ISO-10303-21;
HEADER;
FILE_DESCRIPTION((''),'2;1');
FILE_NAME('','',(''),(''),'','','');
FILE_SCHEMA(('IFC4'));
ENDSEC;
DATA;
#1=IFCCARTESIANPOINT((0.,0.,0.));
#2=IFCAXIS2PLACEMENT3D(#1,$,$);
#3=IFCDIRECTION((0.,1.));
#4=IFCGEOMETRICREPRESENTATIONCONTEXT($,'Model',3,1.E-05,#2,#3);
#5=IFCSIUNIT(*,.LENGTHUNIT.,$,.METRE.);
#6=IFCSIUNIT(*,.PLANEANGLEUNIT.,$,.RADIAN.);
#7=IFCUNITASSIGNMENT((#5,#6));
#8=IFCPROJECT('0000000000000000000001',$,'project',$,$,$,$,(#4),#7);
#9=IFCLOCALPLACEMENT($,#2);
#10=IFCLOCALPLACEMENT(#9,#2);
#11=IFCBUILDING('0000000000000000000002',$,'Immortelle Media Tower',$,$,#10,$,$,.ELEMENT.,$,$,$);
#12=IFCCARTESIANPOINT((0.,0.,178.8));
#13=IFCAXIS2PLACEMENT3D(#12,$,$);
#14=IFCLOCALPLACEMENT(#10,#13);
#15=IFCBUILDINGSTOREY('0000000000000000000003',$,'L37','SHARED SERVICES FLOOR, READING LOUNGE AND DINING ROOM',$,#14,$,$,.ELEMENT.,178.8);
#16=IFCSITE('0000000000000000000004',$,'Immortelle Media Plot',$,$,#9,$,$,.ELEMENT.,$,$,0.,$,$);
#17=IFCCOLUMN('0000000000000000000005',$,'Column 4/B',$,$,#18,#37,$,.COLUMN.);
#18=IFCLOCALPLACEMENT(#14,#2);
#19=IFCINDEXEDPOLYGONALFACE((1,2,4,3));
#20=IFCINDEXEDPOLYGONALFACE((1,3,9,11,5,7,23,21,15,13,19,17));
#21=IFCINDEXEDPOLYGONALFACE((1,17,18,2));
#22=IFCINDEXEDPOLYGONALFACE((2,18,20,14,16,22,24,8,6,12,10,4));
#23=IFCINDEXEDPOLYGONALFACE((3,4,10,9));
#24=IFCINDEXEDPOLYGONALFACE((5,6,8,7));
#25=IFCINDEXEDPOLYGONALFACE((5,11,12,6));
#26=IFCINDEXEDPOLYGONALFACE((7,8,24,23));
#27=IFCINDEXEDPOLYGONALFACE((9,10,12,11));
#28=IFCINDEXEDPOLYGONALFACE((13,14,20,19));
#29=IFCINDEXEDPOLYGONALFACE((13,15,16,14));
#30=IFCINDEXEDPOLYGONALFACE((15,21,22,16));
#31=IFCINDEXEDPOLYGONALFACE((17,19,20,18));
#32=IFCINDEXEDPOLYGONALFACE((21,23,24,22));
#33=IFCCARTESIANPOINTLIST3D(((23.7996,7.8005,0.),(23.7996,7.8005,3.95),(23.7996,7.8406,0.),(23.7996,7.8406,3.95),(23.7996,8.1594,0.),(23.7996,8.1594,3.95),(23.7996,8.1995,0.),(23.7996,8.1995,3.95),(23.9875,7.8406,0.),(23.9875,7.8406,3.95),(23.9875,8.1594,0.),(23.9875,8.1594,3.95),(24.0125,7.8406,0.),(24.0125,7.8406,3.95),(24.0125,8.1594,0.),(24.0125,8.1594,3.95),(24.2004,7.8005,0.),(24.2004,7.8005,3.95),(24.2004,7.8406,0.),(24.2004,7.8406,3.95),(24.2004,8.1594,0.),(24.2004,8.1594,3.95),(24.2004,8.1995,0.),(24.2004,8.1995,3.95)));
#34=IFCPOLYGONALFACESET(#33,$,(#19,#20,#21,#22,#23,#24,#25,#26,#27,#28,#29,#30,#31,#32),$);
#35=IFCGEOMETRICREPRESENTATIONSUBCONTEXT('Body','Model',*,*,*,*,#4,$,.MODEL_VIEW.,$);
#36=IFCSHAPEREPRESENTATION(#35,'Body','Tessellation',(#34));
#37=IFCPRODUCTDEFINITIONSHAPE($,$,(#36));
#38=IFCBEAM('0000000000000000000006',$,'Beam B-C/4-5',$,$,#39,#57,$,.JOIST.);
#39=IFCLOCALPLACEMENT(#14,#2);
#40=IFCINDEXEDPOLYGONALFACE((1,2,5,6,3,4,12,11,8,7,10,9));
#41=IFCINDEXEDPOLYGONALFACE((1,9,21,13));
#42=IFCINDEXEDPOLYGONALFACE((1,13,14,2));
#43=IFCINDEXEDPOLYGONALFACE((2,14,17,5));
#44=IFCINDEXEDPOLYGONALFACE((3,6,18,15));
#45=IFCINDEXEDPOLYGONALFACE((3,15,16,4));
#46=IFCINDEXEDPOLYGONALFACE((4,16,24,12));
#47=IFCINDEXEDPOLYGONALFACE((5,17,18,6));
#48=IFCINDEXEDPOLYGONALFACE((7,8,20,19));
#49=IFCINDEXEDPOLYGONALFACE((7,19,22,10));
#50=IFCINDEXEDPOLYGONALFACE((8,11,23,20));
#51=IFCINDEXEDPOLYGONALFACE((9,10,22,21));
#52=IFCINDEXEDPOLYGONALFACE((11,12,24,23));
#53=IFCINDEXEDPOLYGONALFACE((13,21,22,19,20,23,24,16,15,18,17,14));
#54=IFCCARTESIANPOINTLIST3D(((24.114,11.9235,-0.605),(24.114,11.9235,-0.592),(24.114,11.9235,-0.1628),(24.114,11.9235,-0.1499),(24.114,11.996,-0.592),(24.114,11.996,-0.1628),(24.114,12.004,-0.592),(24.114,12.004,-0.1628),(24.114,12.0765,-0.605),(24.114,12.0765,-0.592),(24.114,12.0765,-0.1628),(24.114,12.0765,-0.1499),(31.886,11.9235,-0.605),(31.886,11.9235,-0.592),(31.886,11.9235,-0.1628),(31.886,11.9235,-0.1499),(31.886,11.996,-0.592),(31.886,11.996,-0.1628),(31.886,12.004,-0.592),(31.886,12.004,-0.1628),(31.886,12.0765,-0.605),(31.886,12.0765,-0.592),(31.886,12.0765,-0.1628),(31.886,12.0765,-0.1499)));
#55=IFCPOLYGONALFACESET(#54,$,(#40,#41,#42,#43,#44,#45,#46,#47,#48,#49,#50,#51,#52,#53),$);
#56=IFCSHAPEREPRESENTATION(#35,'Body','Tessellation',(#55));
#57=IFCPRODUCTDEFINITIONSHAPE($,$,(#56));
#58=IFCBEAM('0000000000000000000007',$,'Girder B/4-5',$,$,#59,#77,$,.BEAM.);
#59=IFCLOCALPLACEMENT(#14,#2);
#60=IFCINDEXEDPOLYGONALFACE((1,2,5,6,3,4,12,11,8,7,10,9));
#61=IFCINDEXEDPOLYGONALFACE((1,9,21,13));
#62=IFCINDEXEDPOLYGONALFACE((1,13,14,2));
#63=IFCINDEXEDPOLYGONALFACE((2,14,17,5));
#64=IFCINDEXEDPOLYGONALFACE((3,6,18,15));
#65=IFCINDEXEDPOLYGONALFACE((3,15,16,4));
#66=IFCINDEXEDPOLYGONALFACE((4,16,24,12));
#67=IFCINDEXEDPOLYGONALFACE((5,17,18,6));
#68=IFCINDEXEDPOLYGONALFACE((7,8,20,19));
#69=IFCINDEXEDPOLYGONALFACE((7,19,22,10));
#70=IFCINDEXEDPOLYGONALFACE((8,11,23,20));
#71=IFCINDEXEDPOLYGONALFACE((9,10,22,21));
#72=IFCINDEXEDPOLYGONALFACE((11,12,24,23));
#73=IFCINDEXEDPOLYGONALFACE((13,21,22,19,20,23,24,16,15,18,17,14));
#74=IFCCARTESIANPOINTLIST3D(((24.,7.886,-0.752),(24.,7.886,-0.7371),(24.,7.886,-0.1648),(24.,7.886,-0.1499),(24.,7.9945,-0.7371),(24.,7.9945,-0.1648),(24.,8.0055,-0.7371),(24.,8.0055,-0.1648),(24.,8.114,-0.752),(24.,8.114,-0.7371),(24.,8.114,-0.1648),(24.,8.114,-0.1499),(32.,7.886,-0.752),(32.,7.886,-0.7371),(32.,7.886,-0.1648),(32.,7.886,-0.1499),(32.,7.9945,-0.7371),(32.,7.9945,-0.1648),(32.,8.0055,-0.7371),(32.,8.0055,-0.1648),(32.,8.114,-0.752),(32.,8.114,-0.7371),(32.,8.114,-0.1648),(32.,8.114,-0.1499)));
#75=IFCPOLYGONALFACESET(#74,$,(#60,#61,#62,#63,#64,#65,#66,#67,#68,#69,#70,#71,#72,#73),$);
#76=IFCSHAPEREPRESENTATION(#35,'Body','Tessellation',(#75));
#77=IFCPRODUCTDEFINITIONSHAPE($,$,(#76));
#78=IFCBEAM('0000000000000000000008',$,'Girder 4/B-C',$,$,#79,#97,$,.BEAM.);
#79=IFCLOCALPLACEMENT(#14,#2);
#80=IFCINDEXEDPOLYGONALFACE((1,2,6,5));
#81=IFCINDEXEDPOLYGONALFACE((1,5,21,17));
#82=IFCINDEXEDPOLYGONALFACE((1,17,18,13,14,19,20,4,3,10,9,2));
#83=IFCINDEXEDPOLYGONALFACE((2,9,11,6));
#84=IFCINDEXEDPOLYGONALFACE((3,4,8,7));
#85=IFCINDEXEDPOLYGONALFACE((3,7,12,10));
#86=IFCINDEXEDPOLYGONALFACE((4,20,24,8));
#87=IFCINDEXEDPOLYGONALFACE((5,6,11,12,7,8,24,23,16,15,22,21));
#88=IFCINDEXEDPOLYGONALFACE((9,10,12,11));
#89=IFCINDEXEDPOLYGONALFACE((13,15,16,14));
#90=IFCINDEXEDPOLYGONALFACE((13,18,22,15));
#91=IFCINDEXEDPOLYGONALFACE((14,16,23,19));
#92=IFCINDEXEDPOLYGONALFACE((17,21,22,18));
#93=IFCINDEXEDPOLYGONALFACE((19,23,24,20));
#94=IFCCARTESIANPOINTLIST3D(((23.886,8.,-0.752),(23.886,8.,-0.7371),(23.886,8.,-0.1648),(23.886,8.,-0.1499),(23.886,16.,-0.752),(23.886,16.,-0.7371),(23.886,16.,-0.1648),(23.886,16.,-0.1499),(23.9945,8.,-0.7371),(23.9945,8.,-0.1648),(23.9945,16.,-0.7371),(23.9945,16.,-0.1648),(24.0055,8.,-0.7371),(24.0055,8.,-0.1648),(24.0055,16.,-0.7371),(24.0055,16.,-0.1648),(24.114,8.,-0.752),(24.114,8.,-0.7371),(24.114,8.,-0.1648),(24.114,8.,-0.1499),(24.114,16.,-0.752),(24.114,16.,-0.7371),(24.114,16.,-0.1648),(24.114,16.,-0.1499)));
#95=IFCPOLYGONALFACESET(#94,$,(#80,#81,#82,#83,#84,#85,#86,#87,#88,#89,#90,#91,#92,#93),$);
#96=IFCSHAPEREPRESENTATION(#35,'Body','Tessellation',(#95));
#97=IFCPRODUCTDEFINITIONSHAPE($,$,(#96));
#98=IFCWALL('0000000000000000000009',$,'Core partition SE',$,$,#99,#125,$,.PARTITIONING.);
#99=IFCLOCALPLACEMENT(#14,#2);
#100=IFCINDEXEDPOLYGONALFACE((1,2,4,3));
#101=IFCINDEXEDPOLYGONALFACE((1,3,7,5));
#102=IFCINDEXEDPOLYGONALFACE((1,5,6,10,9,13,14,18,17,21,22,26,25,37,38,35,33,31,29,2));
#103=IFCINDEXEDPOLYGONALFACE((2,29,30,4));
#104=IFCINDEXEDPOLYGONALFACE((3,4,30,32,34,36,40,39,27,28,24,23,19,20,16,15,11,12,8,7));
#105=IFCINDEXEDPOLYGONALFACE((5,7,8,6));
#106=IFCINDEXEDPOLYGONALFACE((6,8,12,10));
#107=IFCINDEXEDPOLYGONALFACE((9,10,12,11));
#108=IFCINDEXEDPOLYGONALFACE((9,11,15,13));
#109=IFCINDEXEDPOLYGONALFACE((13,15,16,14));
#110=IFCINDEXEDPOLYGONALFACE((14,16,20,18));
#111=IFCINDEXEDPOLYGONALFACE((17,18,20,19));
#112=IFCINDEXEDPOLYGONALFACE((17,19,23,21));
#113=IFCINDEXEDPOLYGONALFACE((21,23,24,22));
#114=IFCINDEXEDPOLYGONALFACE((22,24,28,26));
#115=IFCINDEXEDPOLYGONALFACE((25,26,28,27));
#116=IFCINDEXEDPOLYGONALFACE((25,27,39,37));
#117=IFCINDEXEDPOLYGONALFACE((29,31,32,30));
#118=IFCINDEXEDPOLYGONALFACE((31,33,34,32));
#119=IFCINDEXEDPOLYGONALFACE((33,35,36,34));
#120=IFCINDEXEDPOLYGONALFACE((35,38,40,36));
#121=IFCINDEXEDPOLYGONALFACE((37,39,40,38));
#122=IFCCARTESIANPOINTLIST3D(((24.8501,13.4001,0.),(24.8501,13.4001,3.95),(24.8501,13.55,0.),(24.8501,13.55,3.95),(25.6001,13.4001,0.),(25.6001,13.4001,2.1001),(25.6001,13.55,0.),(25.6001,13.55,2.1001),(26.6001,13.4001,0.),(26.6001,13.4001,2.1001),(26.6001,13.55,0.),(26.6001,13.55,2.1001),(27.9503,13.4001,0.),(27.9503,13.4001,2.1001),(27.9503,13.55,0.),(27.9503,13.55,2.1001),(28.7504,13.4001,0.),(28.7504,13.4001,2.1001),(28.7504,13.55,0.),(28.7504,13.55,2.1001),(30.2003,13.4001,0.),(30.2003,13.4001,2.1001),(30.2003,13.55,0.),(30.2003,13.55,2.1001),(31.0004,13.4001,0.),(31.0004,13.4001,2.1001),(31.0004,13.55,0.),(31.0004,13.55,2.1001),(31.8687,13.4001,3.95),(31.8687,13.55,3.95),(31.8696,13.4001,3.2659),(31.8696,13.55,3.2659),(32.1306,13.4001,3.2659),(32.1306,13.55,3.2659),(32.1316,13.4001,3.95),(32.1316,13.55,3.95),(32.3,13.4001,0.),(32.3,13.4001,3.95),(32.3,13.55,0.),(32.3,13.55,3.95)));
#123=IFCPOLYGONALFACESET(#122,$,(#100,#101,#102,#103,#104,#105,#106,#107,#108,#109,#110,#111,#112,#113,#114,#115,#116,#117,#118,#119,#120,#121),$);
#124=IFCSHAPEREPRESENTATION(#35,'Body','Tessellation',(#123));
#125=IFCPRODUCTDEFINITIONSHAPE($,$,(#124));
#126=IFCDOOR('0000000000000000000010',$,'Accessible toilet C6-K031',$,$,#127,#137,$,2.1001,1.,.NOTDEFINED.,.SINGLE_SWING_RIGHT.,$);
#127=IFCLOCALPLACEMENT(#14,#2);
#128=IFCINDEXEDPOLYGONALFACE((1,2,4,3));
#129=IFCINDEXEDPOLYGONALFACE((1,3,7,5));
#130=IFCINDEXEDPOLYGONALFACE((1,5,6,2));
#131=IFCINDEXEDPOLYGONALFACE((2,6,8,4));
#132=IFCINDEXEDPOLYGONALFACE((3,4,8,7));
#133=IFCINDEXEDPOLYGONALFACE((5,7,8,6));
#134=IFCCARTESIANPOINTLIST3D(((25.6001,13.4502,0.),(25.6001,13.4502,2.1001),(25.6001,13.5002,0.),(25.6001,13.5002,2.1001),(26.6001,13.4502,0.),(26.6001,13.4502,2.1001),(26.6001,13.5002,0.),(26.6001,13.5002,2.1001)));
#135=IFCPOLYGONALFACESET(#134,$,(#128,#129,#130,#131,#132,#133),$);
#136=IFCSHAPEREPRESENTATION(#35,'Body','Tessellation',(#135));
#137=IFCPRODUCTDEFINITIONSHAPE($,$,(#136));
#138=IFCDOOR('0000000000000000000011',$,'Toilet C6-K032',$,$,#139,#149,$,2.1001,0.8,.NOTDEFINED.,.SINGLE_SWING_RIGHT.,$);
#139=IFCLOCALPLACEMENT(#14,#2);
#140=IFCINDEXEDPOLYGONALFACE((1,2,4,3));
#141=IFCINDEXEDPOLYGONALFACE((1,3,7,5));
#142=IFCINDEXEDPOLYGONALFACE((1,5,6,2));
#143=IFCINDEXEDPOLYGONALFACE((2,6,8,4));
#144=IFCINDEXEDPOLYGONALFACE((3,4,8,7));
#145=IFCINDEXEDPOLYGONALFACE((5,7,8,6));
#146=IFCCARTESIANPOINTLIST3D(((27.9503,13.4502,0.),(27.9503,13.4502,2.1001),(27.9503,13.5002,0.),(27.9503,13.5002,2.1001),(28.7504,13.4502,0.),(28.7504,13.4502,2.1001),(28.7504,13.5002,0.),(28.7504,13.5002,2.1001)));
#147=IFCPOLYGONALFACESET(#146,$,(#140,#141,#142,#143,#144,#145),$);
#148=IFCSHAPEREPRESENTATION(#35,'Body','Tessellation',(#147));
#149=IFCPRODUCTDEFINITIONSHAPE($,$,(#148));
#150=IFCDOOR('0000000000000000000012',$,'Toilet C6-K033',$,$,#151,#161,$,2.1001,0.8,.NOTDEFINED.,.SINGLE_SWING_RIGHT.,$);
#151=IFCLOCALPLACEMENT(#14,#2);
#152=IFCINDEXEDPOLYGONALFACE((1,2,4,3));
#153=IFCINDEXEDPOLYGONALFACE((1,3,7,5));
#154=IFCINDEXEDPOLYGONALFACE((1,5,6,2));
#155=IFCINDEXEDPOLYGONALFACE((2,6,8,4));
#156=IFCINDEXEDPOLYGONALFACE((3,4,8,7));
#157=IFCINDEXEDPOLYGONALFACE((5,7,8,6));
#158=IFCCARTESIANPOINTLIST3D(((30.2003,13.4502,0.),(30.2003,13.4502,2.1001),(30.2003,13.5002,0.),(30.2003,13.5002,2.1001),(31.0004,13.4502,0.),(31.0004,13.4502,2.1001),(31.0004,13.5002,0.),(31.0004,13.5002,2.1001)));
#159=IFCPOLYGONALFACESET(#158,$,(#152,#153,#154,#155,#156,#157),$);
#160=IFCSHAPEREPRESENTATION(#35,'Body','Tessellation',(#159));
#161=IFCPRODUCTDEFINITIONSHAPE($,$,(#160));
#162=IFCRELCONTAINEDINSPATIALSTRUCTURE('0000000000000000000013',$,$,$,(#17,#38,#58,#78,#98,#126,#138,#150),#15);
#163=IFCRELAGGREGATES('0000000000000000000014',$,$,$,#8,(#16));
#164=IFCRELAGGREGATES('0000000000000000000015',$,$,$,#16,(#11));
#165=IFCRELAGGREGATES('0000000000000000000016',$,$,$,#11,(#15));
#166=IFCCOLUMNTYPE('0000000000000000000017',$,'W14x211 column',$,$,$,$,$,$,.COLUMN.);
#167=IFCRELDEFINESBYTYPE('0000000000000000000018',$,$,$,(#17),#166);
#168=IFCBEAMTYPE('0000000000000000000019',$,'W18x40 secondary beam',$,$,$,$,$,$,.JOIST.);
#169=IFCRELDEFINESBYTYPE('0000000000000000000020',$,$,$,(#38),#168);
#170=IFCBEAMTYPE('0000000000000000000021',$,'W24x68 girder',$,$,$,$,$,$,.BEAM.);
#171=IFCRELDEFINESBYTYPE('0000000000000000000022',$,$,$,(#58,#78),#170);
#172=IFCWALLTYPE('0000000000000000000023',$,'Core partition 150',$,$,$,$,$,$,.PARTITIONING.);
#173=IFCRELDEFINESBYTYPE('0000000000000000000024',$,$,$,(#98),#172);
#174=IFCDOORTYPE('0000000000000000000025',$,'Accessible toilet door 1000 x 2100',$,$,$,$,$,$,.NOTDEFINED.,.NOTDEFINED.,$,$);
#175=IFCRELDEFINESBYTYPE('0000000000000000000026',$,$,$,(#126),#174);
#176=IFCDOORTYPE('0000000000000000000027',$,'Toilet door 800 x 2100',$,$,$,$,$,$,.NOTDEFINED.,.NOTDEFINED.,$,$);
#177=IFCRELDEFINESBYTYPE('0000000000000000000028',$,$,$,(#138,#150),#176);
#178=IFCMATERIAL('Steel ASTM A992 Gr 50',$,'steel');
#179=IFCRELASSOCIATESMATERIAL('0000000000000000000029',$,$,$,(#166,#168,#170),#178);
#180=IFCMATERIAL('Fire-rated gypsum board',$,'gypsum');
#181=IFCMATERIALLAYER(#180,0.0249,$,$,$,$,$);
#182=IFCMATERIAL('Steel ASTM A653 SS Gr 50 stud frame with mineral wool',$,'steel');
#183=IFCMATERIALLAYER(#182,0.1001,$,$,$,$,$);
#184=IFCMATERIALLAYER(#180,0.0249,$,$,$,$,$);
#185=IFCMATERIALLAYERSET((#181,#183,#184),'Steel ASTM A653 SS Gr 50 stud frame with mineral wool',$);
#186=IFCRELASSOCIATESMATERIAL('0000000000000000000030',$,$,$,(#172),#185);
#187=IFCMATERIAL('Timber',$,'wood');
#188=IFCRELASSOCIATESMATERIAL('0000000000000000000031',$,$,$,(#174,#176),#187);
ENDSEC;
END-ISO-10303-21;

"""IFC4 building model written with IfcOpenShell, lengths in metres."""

from ifc_helpers import new_model, si_unit, direction, frame, frame_2d, origin, origin_2d, place, context, subcontext, project, spatial, polyline, rectangle, i_section, outline, extrude, material, layer, layer_set, material_profile, profile_set, type_object, element, fill, save


model = new_model("IFC4")

# Units and contexts
model_context = context("Model", 3, precision=1e-05, world=origin(), true_north=direction((0.0, 1.0)))
body_context = subcontext(model_context, "Body", "Model", "MODEL_VIEW")
ifc_project = project(units=[si_unit("LENGTHUNIT", "METRE"), si_unit("PLANEANGLEUNIT", "RADIAN")], contexts=[model_context])

# Site, building, storey
site_placement = place(None, origin())
site = spatial("IfcSite", under=ifc_project, at=site_placement, Name="Immortelle Media Plot", CompositionType="ELEMENT", RefElevation=0.0)
building_placement = place(site_placement, origin())
building = spatial("IfcBuilding", under=site, at=building_placement, Name="Immortelle Media Tower", CompositionType="ELEMENT")
storey_placement = place(building_placement, frame((0.0, 0.0, 178.8)))
storey = spatial("IfcBuildingStorey", under=building, at=storey_placement, Name="L37", Description="SHARED SERVICES FLOOR, READING LOUNGE AND DINING ROOM", CompositionType="ELEMENT", Elevation=178.8)

# Column
ifc_material_1 = material(Name="Steel ASTM A992 Gr 50", Category="steel")
ifc_material_profile_1 = material_profile(ifc_material_1, i_section(OverallWidth=0.4009, OverallDepth=0.3989, WebThickness=0.0249, FlangeThickness=0.04, at=origin_2d()), Name="W14x211")
ifc_profile_set_1 = profile_set([ifc_material_profile_1], Name="Steel ASTM A992 Gr 50")
column_type = type_object("IfcColumnType", Name="W14x211 column", PredefinedType="COLUMN", material=ifc_profile_set_1)
column_placement = place(storey_placement, frame((24.0, 8.0, 0.0), z_axis=(0.0, 0.0, 1.0), x_axis=(1.0, 0.0, 0.0)))
element("IfcColumn", 1, at=column_placement, inside=storey, type_object=column_type, Name="Column 4/B", PredefinedType="COLUMN", context=body_context, shape_type="SweptSolid", body=[
    extrude(i_section(OverallWidth=0.4009, OverallDepth=0.3989, WebThickness=0.0249, FlangeThickness=0.04, at=origin_2d()), origin(), (0.0, 0.0, 1.0), 3.95),
])

# Beams
ifc_material_profile_2 = material_profile(ifc_material_1, i_section(OverallWidth=0.1531, OverallDepth=0.4551, WebThickness=0.0081, FlangeThickness=0.0129, at=origin_2d()), Name="W18x40")
ifc_profile_set_2 = profile_set([ifc_material_profile_2], Name="Steel ASTM A992 Gr 50")
beam_type_1 = type_object("IfcBeamType", Name="W18x40 secondary beam", PredefinedType="JOIST", material=ifc_profile_set_2)
beam_placement = place(storey_placement, frame((24.114, 12.0, -0.3774), z_axis=(1.0, 0.0, 0.0), x_axis=(0.0, 1.0, 0.0)))
element("IfcBeam", 2, at=beam_placement, inside=storey, type_object=beam_type_1, Name="Beam B-C/4-5", PredefinedType="JOIST", context=body_context, shape_type="SweptSolid", body=[
    extrude(i_section(OverallWidth=0.1531, OverallDepth=0.4551, WebThickness=0.0081, FlangeThickness=0.0129, at=origin_2d()), origin(), (0.0, 0.0, 1.0), 7.772),
])
ifc_material_profile_3 = material_profile(ifc_material_1, i_section(OverallWidth=0.228, OverallDepth=0.6021, WebThickness=0.011, FlangeThickness=0.0149, at=origin_2d()), Name="W24x68")
ifc_profile_set_3 = profile_set([ifc_material_profile_3], Name="Steel ASTM A992 Gr 50")
beam_type_2 = type_object("IfcBeamType", Name="W24x68 girder", PredefinedType="BEAM", material=ifc_profile_set_3)
for number, where, z_axis, x_axis, name in (
    (3, (24.0, 8.0, -0.4509), (1.0, 0.0, 0.0), (0.0, 1.0, 0.0), "Girder B/4-5"),
    (4, (24.0, 8.0, -0.4509), (0.0, 1.0, 0.0), (-1.0, 0.0, 0.0), "Girder 4/B-C"),
):
    element("IfcBeam", number, at=place(storey_placement, frame(where, z_axis=z_axis, x_axis=x_axis)), inside=storey, type_object=beam_type_2, Name=name, PredefinedType="BEAM", context=body_context, shape_type="SweptSolid", body=[
        extrude(i_section(OverallWidth=0.228, OverallDepth=0.6021, WebThickness=0.011, FlangeThickness=0.0149, at=origin_2d()), origin(), (0.0, 0.0, 1.0), 8.0),
    ])

# Wall, openings, doors
ifc_material_2 = material(Name="Fire-rated gypsum board", Category="gypsum")
ifc_layer_1 = layer(ifc_material_2, 0.0249)
ifc_material_3 = material(Name="Steel ASTM A653 SS Gr 50 stud frame with mineral wool", Category="steel")
ifc_layer_2 = layer(ifc_material_3, 0.1001)
ifc_layer_3 = layer(ifc_material_2, 0.0249)
ifc_layer_set_1 = layer_set([ifc_layer_1, ifc_layer_2, ifc_layer_3], Name="Steel ASTM A653 SS Gr 50 stud frame with mineral wool")
wall_type_1 = type_object("IfcWallType", Name="Core partition 150", PredefinedType="PARTITIONING", material=ifc_layer_set_1)
wall_1_placement = place(storey_placement, frame((24.8501, 13.4751, 0.0), z_axis=(0.0, 0.0, 1.0), x_axis=(1.0, 0.0, 0.0)))
wall_1 = element("IfcWall", 5, at=wall_1_placement, inside=storey, type_object=wall_type_1, Name="Core partition SE", PredefinedType="PARTITIONING", context=body_context, shape_type="SweptSolid", body=[
    extrude(outline(polyline([(0.0, 0.0), (7.45, 0.0), (7.45, 3.95), (7.2815, 3.95), (7.2805, 3.2659), (7.0195, 3.2659), (7.0186, 3.95), (0.0, 3.95), (0.0, 0.0)])), frame((0.0, 0.075, 0.0), z_axis=(0.0, -1.0, 0.0), x_axis=(1.0, 0.0, 0.0)), (0.0, 0.0, 1.0), 0.1499),
])
opening_1_placement = place(wall_1_placement, frame((1.75, 0.0, 0.0), z_axis=(0.0, 0.0, 1.0), x_axis=(-1.0, 0.0, 0.0)))
opening_1 = element("IfcOpeningElement", 6, at=opening_1_placement, cuts=wall_1, PredefinedType="OPENING", context=body_context, shape_type="SweptSolid", body=[
    extrude(rectangle(XDim=1.0, YDim=2.1001, at=frame_2d((0.5, 1.05))), frame((0.0, 0.085, 0.0), z_axis=(0.0, -1.0, 0.0), x_axis=(1.0, 0.0, 0.0)), (0.0, 0.0, 1.0), 0.1699),
])
opening_2_placement = place(wall_1_placement, frame((3.9001, 0.0, 0.0), z_axis=(0.0, 0.0, 1.0), x_axis=(-1.0, 0.0, 0.0)))
opening_2 = element("IfcOpeningElement", 7, at=opening_2_placement, cuts=wall_1, PredefinedType="OPENING", context=body_context, shape_type="SweptSolid", body=[
    extrude(rectangle(XDim=0.8, YDim=2.1001, at=frame_2d((0.3999, 1.05))), frame((0.0, 0.085, 0.0), z_axis=(0.0, -1.0, 0.0), x_axis=(1.0, 0.0, 0.0)), (0.0, 0.0, 1.0), 0.1699),
])
opening_3_placement = place(wall_1_placement, frame((6.1501, 0.0, 0.0), z_axis=(0.0, 0.0, 1.0), x_axis=(-1.0, 0.0, 0.0)))
opening_3 = element("IfcOpeningElement", 8, at=opening_3_placement, cuts=wall_1, PredefinedType="OPENING", context=body_context, shape_type="SweptSolid", body=[
    extrude(rectangle(XDim=0.8, YDim=2.1001, at=frame_2d((0.3999, 1.05))), frame((0.0, 0.085, 0.0), z_axis=(0.0, -1.0, 0.0), x_axis=(1.0, 0.0, 0.0)), (0.0, 0.0, 1.0), 0.1699),
])
ifc_material_4 = material(Name="Timber", Category="wood")
door_type_1 = type_object("IfcDoorType", Name="Accessible toilet door 1000 x 2100", OperationType="NOTDEFINED", PredefinedType="NOTDEFINED", material=ifc_material_4)
door_1_placement = place(opening_1_placement, origin())
door_1 = element("IfcDoor", 9, at=door_1_placement, inside=storey, type_object=door_type_1, Name="Accessible toilet C6-K031", OperationType="SINGLE_SWING_RIGHT", OverallHeight=2.1001, OverallWidth=1.0, PredefinedType="NOTDEFINED", context=body_context, shape_type="SweptSolid", body=[
    extrude(rectangle(XDim=1.0, YDim=2.1001, at=frame_2d((0.5, 1.05))), frame((0.0, 0.0249, 0.0), z_axis=(0.0, -1.0, 0.0), x_axis=(1.0, 0.0, 0.0)), (0.0, 0.0, 1.0), 0.05),
])
fill(opening_1, door_1)
door_type_2 = type_object("IfcDoorType", Name="Toilet door 800 x 2100", OperationType="NOTDEFINED", PredefinedType="NOTDEFINED", material=ifc_material_4)
door_2_placement = place(opening_2_placement, origin())
door_2 = element("IfcDoor", 10, at=door_2_placement, inside=storey, type_object=door_type_2, Name="Toilet C6-K032", OperationType="SINGLE_SWING_RIGHT", OverallHeight=2.1001, OverallWidth=0.8, PredefinedType="NOTDEFINED", context=body_context, shape_type="SweptSolid", body=[
    extrude(rectangle(XDim=0.8, YDim=2.1001, at=frame_2d((0.3999, 1.05))), frame((0.0, 0.0249, 0.0), z_axis=(0.0, -1.0, 0.0), x_axis=(1.0, 0.0, 0.0)), (0.0, 0.0, 1.0), 0.05),
])
fill(opening_2, door_2)
door_3_placement = place(opening_3_placement, origin())
door_3 = element("IfcDoor", 11, at=door_3_placement, inside=storey, type_object=door_type_2, Name="Toilet C6-K033", OperationType="SINGLE_SWING_RIGHT", OverallHeight=2.1001, OverallWidth=0.8, PredefinedType="NOTDEFINED", context=body_context, shape_type="SweptSolid", body=[
    extrude(rectangle(XDim=0.8, YDim=2.1001, at=frame_2d((0.3999, 1.05))), frame((0.0, 0.0249, 0.0), z_axis=(0.0, -1.0, 0.0), x_axis=(1.0, 0.0, 0.0)), (0.0, 0.0, 1.0), 0.05),
])
fill(opening_3, door_3)

save(model, "model.ifc")
